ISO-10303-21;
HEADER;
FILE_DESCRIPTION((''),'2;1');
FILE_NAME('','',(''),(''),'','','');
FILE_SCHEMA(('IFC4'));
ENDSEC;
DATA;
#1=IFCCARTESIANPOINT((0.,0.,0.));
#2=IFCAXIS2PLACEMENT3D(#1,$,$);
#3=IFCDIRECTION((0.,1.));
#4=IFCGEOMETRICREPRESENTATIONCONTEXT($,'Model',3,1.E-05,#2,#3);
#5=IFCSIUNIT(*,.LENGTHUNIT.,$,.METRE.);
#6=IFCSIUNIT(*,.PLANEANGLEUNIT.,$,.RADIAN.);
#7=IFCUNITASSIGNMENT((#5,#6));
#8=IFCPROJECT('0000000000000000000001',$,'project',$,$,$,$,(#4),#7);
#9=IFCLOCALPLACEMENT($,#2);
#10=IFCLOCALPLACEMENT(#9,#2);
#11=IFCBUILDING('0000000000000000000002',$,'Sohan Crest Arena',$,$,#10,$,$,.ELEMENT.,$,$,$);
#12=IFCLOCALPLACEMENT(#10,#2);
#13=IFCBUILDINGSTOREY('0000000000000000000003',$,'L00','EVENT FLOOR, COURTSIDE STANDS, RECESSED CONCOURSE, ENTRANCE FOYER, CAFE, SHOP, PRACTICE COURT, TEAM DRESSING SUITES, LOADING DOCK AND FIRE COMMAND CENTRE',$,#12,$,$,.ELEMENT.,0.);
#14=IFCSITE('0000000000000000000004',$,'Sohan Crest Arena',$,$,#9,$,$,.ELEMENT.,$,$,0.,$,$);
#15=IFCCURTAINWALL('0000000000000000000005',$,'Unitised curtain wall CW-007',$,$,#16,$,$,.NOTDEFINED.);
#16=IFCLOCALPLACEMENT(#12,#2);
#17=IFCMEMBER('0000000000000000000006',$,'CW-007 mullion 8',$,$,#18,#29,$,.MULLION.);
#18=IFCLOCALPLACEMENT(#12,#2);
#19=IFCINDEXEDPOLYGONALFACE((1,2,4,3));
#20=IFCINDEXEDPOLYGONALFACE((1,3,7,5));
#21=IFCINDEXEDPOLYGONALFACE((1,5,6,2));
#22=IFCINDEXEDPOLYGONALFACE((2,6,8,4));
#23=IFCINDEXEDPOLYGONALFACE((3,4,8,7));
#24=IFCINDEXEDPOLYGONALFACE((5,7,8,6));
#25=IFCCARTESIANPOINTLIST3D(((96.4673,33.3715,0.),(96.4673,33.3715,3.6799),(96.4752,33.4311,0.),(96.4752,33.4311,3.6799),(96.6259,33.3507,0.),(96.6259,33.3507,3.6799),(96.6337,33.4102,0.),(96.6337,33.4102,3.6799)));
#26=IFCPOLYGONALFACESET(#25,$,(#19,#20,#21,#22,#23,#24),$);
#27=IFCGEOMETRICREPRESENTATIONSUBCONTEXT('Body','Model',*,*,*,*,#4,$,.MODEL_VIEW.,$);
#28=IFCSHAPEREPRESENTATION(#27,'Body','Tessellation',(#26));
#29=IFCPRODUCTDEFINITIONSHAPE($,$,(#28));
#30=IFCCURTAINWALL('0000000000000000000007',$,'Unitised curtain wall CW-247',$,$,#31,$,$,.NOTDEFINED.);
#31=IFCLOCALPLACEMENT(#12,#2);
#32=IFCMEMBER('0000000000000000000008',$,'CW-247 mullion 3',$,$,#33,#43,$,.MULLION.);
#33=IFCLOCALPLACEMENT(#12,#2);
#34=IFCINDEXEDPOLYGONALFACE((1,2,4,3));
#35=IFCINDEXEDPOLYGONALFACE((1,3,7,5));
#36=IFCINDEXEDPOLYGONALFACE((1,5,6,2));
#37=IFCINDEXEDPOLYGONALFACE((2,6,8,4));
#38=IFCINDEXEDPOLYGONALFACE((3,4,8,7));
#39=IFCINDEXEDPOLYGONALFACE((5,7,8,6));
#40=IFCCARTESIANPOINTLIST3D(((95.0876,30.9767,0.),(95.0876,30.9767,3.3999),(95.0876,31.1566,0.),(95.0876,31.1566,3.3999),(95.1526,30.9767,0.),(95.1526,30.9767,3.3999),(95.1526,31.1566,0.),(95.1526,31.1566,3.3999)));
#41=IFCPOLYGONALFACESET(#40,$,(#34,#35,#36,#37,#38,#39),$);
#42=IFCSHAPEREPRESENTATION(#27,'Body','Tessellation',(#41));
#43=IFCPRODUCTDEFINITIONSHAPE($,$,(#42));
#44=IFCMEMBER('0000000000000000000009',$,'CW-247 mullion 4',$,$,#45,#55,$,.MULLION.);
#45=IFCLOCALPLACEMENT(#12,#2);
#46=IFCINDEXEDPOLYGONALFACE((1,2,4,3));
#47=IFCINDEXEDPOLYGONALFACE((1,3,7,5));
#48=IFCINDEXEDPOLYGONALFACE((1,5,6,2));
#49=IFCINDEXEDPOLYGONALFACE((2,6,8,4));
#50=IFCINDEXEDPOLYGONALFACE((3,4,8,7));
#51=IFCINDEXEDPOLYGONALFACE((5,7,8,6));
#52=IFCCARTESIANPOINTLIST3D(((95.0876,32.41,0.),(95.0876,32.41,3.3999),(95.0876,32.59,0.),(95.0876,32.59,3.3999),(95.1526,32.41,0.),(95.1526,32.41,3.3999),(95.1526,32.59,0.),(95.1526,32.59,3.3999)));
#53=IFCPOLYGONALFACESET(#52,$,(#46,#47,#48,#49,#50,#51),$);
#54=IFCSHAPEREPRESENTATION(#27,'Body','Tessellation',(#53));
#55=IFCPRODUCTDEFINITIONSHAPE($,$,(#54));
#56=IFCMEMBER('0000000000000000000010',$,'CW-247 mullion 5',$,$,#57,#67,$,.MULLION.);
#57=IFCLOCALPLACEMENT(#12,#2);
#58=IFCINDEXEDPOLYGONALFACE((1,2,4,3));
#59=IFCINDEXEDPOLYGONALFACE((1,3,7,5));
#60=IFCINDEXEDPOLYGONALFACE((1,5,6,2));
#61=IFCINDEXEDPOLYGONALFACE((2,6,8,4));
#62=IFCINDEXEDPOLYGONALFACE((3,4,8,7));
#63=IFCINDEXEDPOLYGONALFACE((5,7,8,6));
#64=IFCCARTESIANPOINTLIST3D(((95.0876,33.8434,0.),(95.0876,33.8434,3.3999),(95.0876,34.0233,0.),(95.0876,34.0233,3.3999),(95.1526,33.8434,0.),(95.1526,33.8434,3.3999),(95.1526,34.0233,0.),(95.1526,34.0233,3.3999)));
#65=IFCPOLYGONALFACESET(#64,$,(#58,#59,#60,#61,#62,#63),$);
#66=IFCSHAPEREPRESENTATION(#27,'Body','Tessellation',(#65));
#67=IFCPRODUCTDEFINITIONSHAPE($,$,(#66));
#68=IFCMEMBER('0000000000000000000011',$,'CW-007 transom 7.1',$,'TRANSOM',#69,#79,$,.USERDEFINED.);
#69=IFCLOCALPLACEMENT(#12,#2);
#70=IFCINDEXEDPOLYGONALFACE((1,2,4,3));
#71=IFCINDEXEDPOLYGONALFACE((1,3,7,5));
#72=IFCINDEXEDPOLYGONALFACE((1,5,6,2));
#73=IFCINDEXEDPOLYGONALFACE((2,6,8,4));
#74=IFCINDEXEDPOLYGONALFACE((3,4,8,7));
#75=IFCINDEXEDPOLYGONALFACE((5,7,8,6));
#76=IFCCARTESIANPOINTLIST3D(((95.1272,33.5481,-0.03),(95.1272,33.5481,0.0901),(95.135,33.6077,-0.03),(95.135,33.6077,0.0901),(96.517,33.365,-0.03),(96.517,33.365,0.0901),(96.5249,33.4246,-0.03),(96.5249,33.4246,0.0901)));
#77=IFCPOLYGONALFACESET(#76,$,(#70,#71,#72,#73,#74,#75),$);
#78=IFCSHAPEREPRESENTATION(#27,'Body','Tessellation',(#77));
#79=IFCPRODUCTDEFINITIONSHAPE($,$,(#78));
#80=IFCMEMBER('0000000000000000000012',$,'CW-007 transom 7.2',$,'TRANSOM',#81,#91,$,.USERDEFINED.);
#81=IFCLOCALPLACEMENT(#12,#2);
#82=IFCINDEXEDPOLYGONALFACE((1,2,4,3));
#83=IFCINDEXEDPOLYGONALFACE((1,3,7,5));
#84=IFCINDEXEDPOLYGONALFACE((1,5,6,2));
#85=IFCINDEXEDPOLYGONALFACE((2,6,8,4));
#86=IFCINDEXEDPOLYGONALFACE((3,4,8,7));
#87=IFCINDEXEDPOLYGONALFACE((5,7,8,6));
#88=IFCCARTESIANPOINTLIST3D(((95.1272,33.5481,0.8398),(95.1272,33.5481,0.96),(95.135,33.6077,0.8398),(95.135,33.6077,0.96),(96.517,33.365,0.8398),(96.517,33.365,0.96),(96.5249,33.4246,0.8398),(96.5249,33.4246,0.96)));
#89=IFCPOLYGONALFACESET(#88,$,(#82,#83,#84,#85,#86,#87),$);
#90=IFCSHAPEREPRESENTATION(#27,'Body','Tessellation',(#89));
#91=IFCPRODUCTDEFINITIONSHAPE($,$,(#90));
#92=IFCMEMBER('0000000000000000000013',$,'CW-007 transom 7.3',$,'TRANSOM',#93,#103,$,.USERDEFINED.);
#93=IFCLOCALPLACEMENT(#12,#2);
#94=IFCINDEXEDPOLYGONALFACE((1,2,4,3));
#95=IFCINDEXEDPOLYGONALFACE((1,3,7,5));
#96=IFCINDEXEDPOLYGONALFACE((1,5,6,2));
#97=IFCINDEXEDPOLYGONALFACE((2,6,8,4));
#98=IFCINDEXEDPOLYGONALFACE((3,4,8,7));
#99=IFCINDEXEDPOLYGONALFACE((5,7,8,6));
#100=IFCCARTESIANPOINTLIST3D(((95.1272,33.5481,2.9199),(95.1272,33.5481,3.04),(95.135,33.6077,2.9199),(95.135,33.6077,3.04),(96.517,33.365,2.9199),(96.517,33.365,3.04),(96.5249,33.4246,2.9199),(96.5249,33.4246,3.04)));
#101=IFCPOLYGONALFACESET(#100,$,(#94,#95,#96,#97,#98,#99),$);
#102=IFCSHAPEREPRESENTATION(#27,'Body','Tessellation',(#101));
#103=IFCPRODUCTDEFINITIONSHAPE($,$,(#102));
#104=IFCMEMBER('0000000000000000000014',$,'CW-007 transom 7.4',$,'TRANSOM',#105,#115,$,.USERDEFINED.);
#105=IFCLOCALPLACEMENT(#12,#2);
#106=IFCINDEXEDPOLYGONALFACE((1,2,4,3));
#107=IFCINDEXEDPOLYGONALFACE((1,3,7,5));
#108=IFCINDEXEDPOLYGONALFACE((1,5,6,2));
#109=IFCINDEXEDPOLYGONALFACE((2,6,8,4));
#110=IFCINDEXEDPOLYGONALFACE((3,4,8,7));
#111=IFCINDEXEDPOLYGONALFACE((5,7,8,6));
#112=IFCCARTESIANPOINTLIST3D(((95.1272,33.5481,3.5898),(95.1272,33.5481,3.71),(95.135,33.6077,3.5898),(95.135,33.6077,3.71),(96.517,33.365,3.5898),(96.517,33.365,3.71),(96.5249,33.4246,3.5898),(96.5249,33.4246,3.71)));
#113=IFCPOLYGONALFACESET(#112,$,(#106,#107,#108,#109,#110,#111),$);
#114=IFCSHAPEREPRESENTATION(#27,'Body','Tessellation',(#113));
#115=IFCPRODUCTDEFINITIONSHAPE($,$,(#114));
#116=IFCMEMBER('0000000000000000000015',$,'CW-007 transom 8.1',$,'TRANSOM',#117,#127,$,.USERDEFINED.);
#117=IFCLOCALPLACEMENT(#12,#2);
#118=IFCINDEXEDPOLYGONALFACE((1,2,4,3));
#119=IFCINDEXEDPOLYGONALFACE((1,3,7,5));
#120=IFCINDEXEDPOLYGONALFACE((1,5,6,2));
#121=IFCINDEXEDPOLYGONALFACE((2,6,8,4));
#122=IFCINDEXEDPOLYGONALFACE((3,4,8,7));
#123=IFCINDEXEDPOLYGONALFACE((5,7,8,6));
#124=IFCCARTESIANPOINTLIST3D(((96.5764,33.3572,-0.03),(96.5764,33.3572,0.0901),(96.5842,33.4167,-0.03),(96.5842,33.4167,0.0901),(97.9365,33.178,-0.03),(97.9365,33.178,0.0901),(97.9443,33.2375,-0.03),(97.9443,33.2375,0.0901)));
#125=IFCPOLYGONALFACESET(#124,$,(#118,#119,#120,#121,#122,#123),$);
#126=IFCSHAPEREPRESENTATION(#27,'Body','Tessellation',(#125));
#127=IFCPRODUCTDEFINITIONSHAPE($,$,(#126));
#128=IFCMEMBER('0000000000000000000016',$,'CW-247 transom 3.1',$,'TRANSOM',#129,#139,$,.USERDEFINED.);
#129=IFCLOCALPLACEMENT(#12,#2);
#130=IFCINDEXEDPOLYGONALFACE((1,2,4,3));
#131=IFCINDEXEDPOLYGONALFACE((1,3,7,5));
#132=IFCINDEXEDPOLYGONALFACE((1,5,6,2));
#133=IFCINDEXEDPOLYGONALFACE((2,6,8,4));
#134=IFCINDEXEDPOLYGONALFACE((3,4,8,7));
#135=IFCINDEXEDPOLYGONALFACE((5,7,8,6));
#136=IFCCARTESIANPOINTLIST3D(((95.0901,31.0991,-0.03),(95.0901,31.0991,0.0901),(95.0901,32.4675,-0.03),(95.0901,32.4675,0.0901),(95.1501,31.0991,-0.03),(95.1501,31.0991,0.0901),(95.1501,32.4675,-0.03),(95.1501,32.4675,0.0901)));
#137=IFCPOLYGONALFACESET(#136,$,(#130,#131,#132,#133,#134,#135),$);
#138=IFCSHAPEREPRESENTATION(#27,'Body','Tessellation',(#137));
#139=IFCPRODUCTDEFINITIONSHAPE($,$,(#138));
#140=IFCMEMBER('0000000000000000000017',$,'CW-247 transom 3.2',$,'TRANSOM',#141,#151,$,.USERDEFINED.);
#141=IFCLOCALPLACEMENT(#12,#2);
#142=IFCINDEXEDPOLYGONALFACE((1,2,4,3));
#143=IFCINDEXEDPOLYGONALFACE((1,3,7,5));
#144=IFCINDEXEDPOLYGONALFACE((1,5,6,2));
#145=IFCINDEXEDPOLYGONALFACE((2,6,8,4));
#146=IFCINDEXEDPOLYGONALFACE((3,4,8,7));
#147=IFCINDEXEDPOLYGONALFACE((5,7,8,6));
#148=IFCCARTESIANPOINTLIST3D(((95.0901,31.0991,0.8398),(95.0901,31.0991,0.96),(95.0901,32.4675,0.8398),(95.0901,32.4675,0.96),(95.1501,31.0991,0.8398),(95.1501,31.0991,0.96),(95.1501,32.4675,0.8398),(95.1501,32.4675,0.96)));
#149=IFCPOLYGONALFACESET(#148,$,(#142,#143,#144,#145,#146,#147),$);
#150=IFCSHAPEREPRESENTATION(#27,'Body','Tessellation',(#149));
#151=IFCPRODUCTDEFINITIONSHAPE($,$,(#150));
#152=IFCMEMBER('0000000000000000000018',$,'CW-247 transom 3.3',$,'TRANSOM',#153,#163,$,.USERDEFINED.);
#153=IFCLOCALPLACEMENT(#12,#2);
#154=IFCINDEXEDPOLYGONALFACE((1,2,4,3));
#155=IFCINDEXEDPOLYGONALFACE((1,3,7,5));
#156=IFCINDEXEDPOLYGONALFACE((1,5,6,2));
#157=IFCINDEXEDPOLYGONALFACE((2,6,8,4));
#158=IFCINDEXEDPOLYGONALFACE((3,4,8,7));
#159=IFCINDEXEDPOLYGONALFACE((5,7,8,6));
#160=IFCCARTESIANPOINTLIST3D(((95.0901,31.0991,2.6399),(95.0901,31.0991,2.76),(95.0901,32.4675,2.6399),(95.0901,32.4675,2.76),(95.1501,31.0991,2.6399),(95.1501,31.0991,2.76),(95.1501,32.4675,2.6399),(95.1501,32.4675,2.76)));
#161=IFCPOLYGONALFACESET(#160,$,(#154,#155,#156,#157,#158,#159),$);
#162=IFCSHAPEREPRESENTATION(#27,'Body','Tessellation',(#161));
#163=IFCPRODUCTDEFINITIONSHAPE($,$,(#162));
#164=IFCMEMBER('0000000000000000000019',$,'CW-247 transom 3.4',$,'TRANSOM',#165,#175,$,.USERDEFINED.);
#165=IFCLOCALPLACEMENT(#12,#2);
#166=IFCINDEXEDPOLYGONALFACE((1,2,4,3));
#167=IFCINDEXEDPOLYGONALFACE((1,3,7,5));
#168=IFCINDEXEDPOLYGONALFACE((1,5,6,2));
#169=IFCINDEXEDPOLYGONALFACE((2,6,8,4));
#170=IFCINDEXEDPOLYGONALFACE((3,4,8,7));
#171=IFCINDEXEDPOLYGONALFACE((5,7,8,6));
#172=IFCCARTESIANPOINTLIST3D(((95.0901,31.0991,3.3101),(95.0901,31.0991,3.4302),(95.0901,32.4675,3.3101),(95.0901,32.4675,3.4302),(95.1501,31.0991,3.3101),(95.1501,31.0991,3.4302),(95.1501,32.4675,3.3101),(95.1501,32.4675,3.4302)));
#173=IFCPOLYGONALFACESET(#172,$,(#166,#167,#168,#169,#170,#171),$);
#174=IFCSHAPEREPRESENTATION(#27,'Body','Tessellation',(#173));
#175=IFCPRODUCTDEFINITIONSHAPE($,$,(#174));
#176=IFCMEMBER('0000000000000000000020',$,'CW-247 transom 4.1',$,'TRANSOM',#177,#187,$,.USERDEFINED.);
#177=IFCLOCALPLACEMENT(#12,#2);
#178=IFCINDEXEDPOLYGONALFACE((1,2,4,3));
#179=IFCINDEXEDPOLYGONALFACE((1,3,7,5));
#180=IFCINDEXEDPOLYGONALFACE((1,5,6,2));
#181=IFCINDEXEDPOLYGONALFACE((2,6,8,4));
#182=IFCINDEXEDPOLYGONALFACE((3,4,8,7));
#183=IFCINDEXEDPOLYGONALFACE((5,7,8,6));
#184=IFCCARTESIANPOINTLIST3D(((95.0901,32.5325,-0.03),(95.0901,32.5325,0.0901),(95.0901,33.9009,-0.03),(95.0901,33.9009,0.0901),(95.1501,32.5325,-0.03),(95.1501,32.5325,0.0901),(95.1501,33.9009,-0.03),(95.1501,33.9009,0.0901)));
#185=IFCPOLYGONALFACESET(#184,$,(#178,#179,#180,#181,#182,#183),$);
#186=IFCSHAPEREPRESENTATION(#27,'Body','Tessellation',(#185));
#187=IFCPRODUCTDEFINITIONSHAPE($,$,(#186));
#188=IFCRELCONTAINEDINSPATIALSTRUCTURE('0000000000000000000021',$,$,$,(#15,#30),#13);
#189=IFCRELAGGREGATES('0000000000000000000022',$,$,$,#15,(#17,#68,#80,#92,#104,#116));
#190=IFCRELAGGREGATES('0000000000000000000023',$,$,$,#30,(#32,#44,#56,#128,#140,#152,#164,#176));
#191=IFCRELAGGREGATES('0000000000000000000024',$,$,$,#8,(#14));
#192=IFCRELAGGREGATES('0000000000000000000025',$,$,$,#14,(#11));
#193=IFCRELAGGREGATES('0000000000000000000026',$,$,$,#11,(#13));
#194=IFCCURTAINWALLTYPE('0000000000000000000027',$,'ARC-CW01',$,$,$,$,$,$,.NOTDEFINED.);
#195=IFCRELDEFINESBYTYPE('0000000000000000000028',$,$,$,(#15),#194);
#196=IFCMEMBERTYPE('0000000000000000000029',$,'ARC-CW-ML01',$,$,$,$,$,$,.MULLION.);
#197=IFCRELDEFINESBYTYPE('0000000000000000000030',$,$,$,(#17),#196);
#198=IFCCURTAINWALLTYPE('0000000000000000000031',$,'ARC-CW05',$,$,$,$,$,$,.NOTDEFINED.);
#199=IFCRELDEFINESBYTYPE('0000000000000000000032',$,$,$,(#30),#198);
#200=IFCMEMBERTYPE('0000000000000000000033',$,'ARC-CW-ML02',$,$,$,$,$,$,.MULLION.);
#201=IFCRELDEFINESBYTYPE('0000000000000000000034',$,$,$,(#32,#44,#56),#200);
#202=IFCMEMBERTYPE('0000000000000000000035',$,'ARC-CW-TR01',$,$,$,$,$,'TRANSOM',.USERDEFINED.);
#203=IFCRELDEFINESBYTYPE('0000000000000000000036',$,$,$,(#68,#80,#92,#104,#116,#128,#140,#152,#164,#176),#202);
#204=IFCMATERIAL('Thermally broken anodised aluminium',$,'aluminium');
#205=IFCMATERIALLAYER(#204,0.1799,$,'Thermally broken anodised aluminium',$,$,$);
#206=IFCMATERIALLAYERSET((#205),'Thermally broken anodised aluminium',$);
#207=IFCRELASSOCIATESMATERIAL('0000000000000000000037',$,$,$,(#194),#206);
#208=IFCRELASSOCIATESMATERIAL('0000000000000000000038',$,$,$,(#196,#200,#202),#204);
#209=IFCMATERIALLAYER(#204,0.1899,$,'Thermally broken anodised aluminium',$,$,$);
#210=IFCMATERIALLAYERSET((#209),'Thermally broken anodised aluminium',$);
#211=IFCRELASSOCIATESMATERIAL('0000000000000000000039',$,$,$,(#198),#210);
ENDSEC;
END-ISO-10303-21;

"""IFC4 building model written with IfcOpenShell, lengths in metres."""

from ifc_helpers import new_model, si_unit, direction, frame, origin, origin_2d, place, context, subcontext, project, spatial, rectangle, extrude, material, layer, layer_set, material_profile, profile_set, type_object, element, aggregate, save


model = new_model("IFC4")

# Units and contexts
model_context = context("Model", 3, precision=1e-05, world=origin(), true_north=direction((0.0, 1.0)))
body_context = subcontext(model_context, "Body", "Model", "MODEL_VIEW")
ifc_project = project(units=[si_unit("LENGTHUNIT", "METRE"), si_unit("PLANEANGLEUNIT", "RADIAN")], contexts=[model_context])

# Site, building, storey
site_placement = place(None, origin())
site = spatial("IfcSite", under=ifc_project, at=site_placement, Name="Sohan Crest Arena", CompositionType="ELEMENT", RefElevation=0.0)
building_placement = place(site_placement, origin())
building = spatial("IfcBuilding", under=site, at=building_placement, Name="Sohan Crest Arena", CompositionType="ELEMENT")
storey_placement = place(building_placement, origin())
storey = spatial("IfcBuildingStorey", under=building, at=storey_placement, Name="L00", Description="EVENT FLOOR, COURTSIDE STANDS, RECESSED CONCOURSE, ENTRANCE FOYER, CAFE, SHOP, PRACTICE COURT, TEAM DRESSING SUITES, LOADING DOCK AND FIRE COMMAND CENTRE", CompositionType="ELEMENT", Elevation=0.0)

# Curtain wall, member
ifc_material_1 = material(Name="Thermally broken anodised aluminium", Category="aluminium")
ifc_layer_1 = layer(ifc_material_1, 0.1799, Name="Thermally broken anodised aluminium")
ifc_layer_set_1 = layer_set([ifc_layer_1], Name="Thermally broken anodised aluminium")
curtain_wall_type_1 = type_object("IfcCurtainWallType", Name="ARC-CW01", PredefinedType="NOTDEFINED", material=ifc_layer_set_1)
curtain_wall_1_placement = place(storey_placement, origin())
curtain_wall_1 = element("IfcCurtainWall", 1, at=curtain_wall_1_placement, inside=storey, type_object=curtain_wall_type_1, Name="Unitised curtain wall CW-007", PredefinedType="NOTDEFINED")
ifc_material_profile_1 = material_profile(ifc_material_1, rectangle(XDim=0.0601, YDim=0.1599, at=origin_2d()), Name="ALU-MULL 60x160")
ifc_profile_set_1 = profile_set([ifc_material_profile_1], Name="Thermally broken anodised aluminium")
member_type_1 = type_object("IfcMemberType", Name="ARC-CW-ML01", PredefinedType="MULLION", material=ifc_profile_set_1)
member_1_placement = place(storey_placement, frame((96.5505, 33.3909, 0.0), z_axis=(0.0, 0.0, 1.0), x_axis=(0.130567, 0.991439, 0.0)))
member_1 = element("IfcMember", 2, at=member_1_placement, type_object=member_type_1, Name="CW-007 mullion 8", PredefinedType="MULLION", context=body_context, shape_type="SweptSolid", body=[
    extrude(rectangle(XDim=0.0601, YDim=0.1599, at=origin_2d()), origin(), (0.0, 0.0, 1.0), 3.6799),
])

# Curtain wall, members
ifc_layer_2 = layer(ifc_material_1, 0.1899, Name="Thermally broken anodised aluminium")
ifc_layer_set_2 = layer_set([ifc_layer_2], Name="Thermally broken anodised aluminium")
curtain_wall_type_2 = type_object("IfcCurtainWallType", Name="ARC-CW05", PredefinedType="NOTDEFINED", material=ifc_layer_set_2)
curtain_wall_2_placement = place(storey_placement, origin())
curtain_wall_2 = element("IfcCurtainWall", 3, at=curtain_wall_2_placement, inside=storey, type_object=curtain_wall_type_2, Name="Unitised curtain wall CW-247", PredefinedType="NOTDEFINED")
ifc_material_profile_2 = material_profile(ifc_material_1, rectangle(XDim=0.0649, YDim=0.1799, at=origin_2d()), Name="ALU-MULL 65x180")
ifc_profile_set_2 = profile_set([ifc_material_profile_2], Name="Thermally broken anodised aluminium")
member_type_2 = type_object("IfcMemberType", Name="ARC-CW-ML02", PredefinedType="MULLION", material=ifc_profile_set_2)
member_2_placement = place(storey_placement, frame((95.1201, 31.0667, 0.0), z_axis=(0.0, 0.0, 1.0), x_axis=(-1.0, 0.0, 0.0)))
member_2 = element("IfcMember", 4, at=member_2_placement, type_object=member_type_2, Name="CW-247 mullion 3", PredefinedType="MULLION", context=body_context, shape_type="SweptSolid", body=[
    extrude(rectangle(XDim=0.0649, YDim=0.1799, at=origin_2d()), origin(), (0.0, 0.0, 1.0), 3.3999),
])
member_3_placement = place(storey_placement, frame((95.1201, 32.5, 0.0), z_axis=(0.0, 0.0, 1.0), x_axis=(-1.0, 0.0, 0.0)))
member_3 = element("IfcMember", 5, at=member_3_placement, type_object=member_type_2, Name="CW-247 mullion 4", PredefinedType="MULLION", context=body_context, shape_type="SweptSolid", body=[
    extrude(rectangle(XDim=0.0649, YDim=0.1799, at=origin_2d()), origin(), (0.0, 0.0, 1.0), 3.3999),
])
member_4_placement = place(storey_placement, frame((95.1201, 33.9333, 0.0), z_axis=(0.0, 0.0, 1.0), x_axis=(-1.0, 0.0, 0.0)))
member_4 = element("IfcMember", 6, at=member_4_placement, type_object=member_type_2, Name="CW-247 mullion 5", PredefinedType="MULLION", context=body_context, shape_type="SweptSolid", body=[
    extrude(rectangle(XDim=0.0649, YDim=0.1799, at=origin_2d()), origin(), (0.0, 0.0, 1.0), 3.3999),
])

# Members
ifc_material_profile_3 = material_profile(ifc_material_1, rectangle(XDim=0.0601, YDim=0.1201, at=origin_2d()), Name="ALU-TRAN 60x120")
ifc_profile_set_3 = profile_set([ifc_material_profile_3], Name="Thermally broken anodised aluminium")
member_type_3 = type_object("IfcMemberType", Name="ARC-CW-TR01", ElementType="TRANSOM", PredefinedType="USERDEFINED", material=ifc_profile_set_3)
member_5_placement = place(storey_placement, frame((95.1311, 33.5779, 0.03), z_axis=(0.991434, -0.130612, 0.0), x_axis=(0.130612, 0.991434, 0.0)))
member_5 = element("IfcMember", 7, at=member_5_placement, type_object=member_type_3, Name="CW-007 transom 7.1", ObjectType="TRANSOM", PredefinedType="USERDEFINED", context=body_context, shape_type="SweptSolid", body=[
    extrude(rectangle(XDim=0.0601, YDim=0.1201, at=origin_2d()), origin(), (0.0, 0.0, 1.0), 1.4019),
])
member_6_placement = place(storey_placement, frame((95.1311, 33.5779, 0.8999), z_axis=(0.991434, -0.130612, 0.0), x_axis=(0.130612, 0.991434, 0.0)))
member_6 = element("IfcMember", 8, at=member_6_placement, type_object=member_type_3, Name="CW-007 transom 7.2", ObjectType="TRANSOM", PredefinedType="USERDEFINED", context=body_context, shape_type="SweptSolid", body=[
    extrude(rectangle(XDim=0.0601, YDim=0.1201, at=origin_2d()), origin(), (0.0, 0.0, 1.0), 1.4019),
])
member_7_placement = place(storey_placement, frame((95.1311, 33.5779, 2.98), z_axis=(0.991434, -0.130612, 0.0), x_axis=(0.130612, 0.991434, 0.0)))
member_7 = element("IfcMember", 9, at=member_7_placement, type_object=member_type_3, Name="CW-007 transom 7.3", ObjectType="TRANSOM", PredefinedType="USERDEFINED", context=body_context, shape_type="SweptSolid", body=[
    extrude(rectangle(XDim=0.0601, YDim=0.1201, at=origin_2d()), origin(), (0.0, 0.0, 1.0), 1.4019),
])
member_8_placement = place(storey_placement, frame((95.1311, 33.5779, 3.6499), z_axis=(0.991434, -0.130612, 0.0), x_axis=(0.130612, 0.991434, 0.0)))
member_8 = element("IfcMember", 10, at=member_8_placement, type_object=member_type_3, Name="CW-007 transom 7.4", ObjectType="TRANSOM", PredefinedType="USERDEFINED", context=body_context, shape_type="SweptSolid", body=[
    extrude(rectangle(XDim=0.0601, YDim=0.1201, at=origin_2d()), origin(), (0.0, 0.0, 1.0), 1.4019),
])
member_9_placement = place(storey_placement, frame((96.5803, 33.387, 0.03), z_axis=(0.991432, -0.130625, 0.0), x_axis=(0.130625, 0.991432, 0.0)))
member_9 = element("IfcMember", 11, at=member_9_placement, type_object=member_type_3, Name="CW-007 transom 8.1", ObjectType="TRANSOM", PredefinedType="USERDEFINED", context=body_context, shape_type="SweptSolid", body=[
    extrude(rectangle(XDim=0.0601, YDim=0.1201, at=origin_2d()), origin(), (0.0, 0.0, 1.0), 1.3718),
])
member_10_placement = place(storey_placement, frame((95.1201, 31.0991, 0.03), z_axis=(0.0, 1.0, 0.0), x_axis=(-1.0, 0.0, 0.0)))
member_10 = element("IfcMember", 12, at=member_10_placement, type_object=member_type_3, Name="CW-247 transom 3.1", ObjectType="TRANSOM", PredefinedType="USERDEFINED", context=body_context, shape_type="SweptSolid", body=[
    extrude(rectangle(XDim=0.0601, YDim=0.1201, at=origin_2d()), origin(), (0.0, 0.0, 1.0), 1.3684),
])
member_11_placement = place(storey_placement, frame((95.1201, 31.0991, 0.8999), z_axis=(0.0, 1.0, 0.0), x_axis=(-1.0, 0.0, 0.0)))
member_11 = element("IfcMember", 13, at=member_11_placement, type_object=member_type_3, Name="CW-247 transom 3.2", ObjectType="TRANSOM", PredefinedType="USERDEFINED", context=body_context, shape_type="SweptSolid", body=[
    extrude(rectangle(XDim=0.0601, YDim=0.1201, at=origin_2d()), origin(), (0.0, 0.0, 1.0), 1.3684),
])
member_12_placement = place(storey_placement, frame((95.1201, 31.0991, 2.7), z_axis=(0.0, 1.0, 0.0), x_axis=(-1.0, 0.0, 0.0)))
member_12 = element("IfcMember", 14, at=member_12_placement, type_object=member_type_3, Name="CW-247 transom 3.3", ObjectType="TRANSOM", PredefinedType="USERDEFINED", context=body_context, shape_type="SweptSolid", body=[
    extrude(rectangle(XDim=0.0601, YDim=0.1201, at=origin_2d()), origin(), (0.0, 0.0, 1.0), 1.3684),
])
member_13_placement = place(storey_placement, frame((95.1201, 31.0991, 3.3701), z_axis=(0.0, 1.0, 0.0), x_axis=(-1.0, 0.0, 0.0)))
member_13 = element("IfcMember", 15, at=member_13_placement, type_object=member_type_3, Name="CW-247 transom 3.4", ObjectType="TRANSOM", PredefinedType="USERDEFINED", context=body_context, shape_type="SweptSolid", body=[
    extrude(rectangle(XDim=0.0601, YDim=0.1201, at=origin_2d()), origin(), (0.0, 0.0, 1.0), 1.3684),
])
member_14_placement = place(storey_placement, frame((95.1201, 32.5325, 0.03), z_axis=(0.0, 1.0, 0.0), x_axis=(-1.0, 0.0, 0.0)))
member_14 = element("IfcMember", 16, at=member_14_placement, type_object=member_type_3, Name="CW-247 transom 4.1", ObjectType="TRANSOM", PredefinedType="USERDEFINED", context=body_context, shape_type="SweptSolid", body=[
    extrude(rectangle(XDim=0.0601, YDim=0.1201, at=origin_2d()), origin(), (0.0, 0.0, 1.0), 1.3684),
])

aggregate(curtain_wall_1, [member_1, member_5, member_6, member_7, member_8, member_9])
aggregate(curtain_wall_2, [member_2, member_3, member_4, member_10, member_11, member_12, member_13, member_14])

save(model, "model.ifc")
